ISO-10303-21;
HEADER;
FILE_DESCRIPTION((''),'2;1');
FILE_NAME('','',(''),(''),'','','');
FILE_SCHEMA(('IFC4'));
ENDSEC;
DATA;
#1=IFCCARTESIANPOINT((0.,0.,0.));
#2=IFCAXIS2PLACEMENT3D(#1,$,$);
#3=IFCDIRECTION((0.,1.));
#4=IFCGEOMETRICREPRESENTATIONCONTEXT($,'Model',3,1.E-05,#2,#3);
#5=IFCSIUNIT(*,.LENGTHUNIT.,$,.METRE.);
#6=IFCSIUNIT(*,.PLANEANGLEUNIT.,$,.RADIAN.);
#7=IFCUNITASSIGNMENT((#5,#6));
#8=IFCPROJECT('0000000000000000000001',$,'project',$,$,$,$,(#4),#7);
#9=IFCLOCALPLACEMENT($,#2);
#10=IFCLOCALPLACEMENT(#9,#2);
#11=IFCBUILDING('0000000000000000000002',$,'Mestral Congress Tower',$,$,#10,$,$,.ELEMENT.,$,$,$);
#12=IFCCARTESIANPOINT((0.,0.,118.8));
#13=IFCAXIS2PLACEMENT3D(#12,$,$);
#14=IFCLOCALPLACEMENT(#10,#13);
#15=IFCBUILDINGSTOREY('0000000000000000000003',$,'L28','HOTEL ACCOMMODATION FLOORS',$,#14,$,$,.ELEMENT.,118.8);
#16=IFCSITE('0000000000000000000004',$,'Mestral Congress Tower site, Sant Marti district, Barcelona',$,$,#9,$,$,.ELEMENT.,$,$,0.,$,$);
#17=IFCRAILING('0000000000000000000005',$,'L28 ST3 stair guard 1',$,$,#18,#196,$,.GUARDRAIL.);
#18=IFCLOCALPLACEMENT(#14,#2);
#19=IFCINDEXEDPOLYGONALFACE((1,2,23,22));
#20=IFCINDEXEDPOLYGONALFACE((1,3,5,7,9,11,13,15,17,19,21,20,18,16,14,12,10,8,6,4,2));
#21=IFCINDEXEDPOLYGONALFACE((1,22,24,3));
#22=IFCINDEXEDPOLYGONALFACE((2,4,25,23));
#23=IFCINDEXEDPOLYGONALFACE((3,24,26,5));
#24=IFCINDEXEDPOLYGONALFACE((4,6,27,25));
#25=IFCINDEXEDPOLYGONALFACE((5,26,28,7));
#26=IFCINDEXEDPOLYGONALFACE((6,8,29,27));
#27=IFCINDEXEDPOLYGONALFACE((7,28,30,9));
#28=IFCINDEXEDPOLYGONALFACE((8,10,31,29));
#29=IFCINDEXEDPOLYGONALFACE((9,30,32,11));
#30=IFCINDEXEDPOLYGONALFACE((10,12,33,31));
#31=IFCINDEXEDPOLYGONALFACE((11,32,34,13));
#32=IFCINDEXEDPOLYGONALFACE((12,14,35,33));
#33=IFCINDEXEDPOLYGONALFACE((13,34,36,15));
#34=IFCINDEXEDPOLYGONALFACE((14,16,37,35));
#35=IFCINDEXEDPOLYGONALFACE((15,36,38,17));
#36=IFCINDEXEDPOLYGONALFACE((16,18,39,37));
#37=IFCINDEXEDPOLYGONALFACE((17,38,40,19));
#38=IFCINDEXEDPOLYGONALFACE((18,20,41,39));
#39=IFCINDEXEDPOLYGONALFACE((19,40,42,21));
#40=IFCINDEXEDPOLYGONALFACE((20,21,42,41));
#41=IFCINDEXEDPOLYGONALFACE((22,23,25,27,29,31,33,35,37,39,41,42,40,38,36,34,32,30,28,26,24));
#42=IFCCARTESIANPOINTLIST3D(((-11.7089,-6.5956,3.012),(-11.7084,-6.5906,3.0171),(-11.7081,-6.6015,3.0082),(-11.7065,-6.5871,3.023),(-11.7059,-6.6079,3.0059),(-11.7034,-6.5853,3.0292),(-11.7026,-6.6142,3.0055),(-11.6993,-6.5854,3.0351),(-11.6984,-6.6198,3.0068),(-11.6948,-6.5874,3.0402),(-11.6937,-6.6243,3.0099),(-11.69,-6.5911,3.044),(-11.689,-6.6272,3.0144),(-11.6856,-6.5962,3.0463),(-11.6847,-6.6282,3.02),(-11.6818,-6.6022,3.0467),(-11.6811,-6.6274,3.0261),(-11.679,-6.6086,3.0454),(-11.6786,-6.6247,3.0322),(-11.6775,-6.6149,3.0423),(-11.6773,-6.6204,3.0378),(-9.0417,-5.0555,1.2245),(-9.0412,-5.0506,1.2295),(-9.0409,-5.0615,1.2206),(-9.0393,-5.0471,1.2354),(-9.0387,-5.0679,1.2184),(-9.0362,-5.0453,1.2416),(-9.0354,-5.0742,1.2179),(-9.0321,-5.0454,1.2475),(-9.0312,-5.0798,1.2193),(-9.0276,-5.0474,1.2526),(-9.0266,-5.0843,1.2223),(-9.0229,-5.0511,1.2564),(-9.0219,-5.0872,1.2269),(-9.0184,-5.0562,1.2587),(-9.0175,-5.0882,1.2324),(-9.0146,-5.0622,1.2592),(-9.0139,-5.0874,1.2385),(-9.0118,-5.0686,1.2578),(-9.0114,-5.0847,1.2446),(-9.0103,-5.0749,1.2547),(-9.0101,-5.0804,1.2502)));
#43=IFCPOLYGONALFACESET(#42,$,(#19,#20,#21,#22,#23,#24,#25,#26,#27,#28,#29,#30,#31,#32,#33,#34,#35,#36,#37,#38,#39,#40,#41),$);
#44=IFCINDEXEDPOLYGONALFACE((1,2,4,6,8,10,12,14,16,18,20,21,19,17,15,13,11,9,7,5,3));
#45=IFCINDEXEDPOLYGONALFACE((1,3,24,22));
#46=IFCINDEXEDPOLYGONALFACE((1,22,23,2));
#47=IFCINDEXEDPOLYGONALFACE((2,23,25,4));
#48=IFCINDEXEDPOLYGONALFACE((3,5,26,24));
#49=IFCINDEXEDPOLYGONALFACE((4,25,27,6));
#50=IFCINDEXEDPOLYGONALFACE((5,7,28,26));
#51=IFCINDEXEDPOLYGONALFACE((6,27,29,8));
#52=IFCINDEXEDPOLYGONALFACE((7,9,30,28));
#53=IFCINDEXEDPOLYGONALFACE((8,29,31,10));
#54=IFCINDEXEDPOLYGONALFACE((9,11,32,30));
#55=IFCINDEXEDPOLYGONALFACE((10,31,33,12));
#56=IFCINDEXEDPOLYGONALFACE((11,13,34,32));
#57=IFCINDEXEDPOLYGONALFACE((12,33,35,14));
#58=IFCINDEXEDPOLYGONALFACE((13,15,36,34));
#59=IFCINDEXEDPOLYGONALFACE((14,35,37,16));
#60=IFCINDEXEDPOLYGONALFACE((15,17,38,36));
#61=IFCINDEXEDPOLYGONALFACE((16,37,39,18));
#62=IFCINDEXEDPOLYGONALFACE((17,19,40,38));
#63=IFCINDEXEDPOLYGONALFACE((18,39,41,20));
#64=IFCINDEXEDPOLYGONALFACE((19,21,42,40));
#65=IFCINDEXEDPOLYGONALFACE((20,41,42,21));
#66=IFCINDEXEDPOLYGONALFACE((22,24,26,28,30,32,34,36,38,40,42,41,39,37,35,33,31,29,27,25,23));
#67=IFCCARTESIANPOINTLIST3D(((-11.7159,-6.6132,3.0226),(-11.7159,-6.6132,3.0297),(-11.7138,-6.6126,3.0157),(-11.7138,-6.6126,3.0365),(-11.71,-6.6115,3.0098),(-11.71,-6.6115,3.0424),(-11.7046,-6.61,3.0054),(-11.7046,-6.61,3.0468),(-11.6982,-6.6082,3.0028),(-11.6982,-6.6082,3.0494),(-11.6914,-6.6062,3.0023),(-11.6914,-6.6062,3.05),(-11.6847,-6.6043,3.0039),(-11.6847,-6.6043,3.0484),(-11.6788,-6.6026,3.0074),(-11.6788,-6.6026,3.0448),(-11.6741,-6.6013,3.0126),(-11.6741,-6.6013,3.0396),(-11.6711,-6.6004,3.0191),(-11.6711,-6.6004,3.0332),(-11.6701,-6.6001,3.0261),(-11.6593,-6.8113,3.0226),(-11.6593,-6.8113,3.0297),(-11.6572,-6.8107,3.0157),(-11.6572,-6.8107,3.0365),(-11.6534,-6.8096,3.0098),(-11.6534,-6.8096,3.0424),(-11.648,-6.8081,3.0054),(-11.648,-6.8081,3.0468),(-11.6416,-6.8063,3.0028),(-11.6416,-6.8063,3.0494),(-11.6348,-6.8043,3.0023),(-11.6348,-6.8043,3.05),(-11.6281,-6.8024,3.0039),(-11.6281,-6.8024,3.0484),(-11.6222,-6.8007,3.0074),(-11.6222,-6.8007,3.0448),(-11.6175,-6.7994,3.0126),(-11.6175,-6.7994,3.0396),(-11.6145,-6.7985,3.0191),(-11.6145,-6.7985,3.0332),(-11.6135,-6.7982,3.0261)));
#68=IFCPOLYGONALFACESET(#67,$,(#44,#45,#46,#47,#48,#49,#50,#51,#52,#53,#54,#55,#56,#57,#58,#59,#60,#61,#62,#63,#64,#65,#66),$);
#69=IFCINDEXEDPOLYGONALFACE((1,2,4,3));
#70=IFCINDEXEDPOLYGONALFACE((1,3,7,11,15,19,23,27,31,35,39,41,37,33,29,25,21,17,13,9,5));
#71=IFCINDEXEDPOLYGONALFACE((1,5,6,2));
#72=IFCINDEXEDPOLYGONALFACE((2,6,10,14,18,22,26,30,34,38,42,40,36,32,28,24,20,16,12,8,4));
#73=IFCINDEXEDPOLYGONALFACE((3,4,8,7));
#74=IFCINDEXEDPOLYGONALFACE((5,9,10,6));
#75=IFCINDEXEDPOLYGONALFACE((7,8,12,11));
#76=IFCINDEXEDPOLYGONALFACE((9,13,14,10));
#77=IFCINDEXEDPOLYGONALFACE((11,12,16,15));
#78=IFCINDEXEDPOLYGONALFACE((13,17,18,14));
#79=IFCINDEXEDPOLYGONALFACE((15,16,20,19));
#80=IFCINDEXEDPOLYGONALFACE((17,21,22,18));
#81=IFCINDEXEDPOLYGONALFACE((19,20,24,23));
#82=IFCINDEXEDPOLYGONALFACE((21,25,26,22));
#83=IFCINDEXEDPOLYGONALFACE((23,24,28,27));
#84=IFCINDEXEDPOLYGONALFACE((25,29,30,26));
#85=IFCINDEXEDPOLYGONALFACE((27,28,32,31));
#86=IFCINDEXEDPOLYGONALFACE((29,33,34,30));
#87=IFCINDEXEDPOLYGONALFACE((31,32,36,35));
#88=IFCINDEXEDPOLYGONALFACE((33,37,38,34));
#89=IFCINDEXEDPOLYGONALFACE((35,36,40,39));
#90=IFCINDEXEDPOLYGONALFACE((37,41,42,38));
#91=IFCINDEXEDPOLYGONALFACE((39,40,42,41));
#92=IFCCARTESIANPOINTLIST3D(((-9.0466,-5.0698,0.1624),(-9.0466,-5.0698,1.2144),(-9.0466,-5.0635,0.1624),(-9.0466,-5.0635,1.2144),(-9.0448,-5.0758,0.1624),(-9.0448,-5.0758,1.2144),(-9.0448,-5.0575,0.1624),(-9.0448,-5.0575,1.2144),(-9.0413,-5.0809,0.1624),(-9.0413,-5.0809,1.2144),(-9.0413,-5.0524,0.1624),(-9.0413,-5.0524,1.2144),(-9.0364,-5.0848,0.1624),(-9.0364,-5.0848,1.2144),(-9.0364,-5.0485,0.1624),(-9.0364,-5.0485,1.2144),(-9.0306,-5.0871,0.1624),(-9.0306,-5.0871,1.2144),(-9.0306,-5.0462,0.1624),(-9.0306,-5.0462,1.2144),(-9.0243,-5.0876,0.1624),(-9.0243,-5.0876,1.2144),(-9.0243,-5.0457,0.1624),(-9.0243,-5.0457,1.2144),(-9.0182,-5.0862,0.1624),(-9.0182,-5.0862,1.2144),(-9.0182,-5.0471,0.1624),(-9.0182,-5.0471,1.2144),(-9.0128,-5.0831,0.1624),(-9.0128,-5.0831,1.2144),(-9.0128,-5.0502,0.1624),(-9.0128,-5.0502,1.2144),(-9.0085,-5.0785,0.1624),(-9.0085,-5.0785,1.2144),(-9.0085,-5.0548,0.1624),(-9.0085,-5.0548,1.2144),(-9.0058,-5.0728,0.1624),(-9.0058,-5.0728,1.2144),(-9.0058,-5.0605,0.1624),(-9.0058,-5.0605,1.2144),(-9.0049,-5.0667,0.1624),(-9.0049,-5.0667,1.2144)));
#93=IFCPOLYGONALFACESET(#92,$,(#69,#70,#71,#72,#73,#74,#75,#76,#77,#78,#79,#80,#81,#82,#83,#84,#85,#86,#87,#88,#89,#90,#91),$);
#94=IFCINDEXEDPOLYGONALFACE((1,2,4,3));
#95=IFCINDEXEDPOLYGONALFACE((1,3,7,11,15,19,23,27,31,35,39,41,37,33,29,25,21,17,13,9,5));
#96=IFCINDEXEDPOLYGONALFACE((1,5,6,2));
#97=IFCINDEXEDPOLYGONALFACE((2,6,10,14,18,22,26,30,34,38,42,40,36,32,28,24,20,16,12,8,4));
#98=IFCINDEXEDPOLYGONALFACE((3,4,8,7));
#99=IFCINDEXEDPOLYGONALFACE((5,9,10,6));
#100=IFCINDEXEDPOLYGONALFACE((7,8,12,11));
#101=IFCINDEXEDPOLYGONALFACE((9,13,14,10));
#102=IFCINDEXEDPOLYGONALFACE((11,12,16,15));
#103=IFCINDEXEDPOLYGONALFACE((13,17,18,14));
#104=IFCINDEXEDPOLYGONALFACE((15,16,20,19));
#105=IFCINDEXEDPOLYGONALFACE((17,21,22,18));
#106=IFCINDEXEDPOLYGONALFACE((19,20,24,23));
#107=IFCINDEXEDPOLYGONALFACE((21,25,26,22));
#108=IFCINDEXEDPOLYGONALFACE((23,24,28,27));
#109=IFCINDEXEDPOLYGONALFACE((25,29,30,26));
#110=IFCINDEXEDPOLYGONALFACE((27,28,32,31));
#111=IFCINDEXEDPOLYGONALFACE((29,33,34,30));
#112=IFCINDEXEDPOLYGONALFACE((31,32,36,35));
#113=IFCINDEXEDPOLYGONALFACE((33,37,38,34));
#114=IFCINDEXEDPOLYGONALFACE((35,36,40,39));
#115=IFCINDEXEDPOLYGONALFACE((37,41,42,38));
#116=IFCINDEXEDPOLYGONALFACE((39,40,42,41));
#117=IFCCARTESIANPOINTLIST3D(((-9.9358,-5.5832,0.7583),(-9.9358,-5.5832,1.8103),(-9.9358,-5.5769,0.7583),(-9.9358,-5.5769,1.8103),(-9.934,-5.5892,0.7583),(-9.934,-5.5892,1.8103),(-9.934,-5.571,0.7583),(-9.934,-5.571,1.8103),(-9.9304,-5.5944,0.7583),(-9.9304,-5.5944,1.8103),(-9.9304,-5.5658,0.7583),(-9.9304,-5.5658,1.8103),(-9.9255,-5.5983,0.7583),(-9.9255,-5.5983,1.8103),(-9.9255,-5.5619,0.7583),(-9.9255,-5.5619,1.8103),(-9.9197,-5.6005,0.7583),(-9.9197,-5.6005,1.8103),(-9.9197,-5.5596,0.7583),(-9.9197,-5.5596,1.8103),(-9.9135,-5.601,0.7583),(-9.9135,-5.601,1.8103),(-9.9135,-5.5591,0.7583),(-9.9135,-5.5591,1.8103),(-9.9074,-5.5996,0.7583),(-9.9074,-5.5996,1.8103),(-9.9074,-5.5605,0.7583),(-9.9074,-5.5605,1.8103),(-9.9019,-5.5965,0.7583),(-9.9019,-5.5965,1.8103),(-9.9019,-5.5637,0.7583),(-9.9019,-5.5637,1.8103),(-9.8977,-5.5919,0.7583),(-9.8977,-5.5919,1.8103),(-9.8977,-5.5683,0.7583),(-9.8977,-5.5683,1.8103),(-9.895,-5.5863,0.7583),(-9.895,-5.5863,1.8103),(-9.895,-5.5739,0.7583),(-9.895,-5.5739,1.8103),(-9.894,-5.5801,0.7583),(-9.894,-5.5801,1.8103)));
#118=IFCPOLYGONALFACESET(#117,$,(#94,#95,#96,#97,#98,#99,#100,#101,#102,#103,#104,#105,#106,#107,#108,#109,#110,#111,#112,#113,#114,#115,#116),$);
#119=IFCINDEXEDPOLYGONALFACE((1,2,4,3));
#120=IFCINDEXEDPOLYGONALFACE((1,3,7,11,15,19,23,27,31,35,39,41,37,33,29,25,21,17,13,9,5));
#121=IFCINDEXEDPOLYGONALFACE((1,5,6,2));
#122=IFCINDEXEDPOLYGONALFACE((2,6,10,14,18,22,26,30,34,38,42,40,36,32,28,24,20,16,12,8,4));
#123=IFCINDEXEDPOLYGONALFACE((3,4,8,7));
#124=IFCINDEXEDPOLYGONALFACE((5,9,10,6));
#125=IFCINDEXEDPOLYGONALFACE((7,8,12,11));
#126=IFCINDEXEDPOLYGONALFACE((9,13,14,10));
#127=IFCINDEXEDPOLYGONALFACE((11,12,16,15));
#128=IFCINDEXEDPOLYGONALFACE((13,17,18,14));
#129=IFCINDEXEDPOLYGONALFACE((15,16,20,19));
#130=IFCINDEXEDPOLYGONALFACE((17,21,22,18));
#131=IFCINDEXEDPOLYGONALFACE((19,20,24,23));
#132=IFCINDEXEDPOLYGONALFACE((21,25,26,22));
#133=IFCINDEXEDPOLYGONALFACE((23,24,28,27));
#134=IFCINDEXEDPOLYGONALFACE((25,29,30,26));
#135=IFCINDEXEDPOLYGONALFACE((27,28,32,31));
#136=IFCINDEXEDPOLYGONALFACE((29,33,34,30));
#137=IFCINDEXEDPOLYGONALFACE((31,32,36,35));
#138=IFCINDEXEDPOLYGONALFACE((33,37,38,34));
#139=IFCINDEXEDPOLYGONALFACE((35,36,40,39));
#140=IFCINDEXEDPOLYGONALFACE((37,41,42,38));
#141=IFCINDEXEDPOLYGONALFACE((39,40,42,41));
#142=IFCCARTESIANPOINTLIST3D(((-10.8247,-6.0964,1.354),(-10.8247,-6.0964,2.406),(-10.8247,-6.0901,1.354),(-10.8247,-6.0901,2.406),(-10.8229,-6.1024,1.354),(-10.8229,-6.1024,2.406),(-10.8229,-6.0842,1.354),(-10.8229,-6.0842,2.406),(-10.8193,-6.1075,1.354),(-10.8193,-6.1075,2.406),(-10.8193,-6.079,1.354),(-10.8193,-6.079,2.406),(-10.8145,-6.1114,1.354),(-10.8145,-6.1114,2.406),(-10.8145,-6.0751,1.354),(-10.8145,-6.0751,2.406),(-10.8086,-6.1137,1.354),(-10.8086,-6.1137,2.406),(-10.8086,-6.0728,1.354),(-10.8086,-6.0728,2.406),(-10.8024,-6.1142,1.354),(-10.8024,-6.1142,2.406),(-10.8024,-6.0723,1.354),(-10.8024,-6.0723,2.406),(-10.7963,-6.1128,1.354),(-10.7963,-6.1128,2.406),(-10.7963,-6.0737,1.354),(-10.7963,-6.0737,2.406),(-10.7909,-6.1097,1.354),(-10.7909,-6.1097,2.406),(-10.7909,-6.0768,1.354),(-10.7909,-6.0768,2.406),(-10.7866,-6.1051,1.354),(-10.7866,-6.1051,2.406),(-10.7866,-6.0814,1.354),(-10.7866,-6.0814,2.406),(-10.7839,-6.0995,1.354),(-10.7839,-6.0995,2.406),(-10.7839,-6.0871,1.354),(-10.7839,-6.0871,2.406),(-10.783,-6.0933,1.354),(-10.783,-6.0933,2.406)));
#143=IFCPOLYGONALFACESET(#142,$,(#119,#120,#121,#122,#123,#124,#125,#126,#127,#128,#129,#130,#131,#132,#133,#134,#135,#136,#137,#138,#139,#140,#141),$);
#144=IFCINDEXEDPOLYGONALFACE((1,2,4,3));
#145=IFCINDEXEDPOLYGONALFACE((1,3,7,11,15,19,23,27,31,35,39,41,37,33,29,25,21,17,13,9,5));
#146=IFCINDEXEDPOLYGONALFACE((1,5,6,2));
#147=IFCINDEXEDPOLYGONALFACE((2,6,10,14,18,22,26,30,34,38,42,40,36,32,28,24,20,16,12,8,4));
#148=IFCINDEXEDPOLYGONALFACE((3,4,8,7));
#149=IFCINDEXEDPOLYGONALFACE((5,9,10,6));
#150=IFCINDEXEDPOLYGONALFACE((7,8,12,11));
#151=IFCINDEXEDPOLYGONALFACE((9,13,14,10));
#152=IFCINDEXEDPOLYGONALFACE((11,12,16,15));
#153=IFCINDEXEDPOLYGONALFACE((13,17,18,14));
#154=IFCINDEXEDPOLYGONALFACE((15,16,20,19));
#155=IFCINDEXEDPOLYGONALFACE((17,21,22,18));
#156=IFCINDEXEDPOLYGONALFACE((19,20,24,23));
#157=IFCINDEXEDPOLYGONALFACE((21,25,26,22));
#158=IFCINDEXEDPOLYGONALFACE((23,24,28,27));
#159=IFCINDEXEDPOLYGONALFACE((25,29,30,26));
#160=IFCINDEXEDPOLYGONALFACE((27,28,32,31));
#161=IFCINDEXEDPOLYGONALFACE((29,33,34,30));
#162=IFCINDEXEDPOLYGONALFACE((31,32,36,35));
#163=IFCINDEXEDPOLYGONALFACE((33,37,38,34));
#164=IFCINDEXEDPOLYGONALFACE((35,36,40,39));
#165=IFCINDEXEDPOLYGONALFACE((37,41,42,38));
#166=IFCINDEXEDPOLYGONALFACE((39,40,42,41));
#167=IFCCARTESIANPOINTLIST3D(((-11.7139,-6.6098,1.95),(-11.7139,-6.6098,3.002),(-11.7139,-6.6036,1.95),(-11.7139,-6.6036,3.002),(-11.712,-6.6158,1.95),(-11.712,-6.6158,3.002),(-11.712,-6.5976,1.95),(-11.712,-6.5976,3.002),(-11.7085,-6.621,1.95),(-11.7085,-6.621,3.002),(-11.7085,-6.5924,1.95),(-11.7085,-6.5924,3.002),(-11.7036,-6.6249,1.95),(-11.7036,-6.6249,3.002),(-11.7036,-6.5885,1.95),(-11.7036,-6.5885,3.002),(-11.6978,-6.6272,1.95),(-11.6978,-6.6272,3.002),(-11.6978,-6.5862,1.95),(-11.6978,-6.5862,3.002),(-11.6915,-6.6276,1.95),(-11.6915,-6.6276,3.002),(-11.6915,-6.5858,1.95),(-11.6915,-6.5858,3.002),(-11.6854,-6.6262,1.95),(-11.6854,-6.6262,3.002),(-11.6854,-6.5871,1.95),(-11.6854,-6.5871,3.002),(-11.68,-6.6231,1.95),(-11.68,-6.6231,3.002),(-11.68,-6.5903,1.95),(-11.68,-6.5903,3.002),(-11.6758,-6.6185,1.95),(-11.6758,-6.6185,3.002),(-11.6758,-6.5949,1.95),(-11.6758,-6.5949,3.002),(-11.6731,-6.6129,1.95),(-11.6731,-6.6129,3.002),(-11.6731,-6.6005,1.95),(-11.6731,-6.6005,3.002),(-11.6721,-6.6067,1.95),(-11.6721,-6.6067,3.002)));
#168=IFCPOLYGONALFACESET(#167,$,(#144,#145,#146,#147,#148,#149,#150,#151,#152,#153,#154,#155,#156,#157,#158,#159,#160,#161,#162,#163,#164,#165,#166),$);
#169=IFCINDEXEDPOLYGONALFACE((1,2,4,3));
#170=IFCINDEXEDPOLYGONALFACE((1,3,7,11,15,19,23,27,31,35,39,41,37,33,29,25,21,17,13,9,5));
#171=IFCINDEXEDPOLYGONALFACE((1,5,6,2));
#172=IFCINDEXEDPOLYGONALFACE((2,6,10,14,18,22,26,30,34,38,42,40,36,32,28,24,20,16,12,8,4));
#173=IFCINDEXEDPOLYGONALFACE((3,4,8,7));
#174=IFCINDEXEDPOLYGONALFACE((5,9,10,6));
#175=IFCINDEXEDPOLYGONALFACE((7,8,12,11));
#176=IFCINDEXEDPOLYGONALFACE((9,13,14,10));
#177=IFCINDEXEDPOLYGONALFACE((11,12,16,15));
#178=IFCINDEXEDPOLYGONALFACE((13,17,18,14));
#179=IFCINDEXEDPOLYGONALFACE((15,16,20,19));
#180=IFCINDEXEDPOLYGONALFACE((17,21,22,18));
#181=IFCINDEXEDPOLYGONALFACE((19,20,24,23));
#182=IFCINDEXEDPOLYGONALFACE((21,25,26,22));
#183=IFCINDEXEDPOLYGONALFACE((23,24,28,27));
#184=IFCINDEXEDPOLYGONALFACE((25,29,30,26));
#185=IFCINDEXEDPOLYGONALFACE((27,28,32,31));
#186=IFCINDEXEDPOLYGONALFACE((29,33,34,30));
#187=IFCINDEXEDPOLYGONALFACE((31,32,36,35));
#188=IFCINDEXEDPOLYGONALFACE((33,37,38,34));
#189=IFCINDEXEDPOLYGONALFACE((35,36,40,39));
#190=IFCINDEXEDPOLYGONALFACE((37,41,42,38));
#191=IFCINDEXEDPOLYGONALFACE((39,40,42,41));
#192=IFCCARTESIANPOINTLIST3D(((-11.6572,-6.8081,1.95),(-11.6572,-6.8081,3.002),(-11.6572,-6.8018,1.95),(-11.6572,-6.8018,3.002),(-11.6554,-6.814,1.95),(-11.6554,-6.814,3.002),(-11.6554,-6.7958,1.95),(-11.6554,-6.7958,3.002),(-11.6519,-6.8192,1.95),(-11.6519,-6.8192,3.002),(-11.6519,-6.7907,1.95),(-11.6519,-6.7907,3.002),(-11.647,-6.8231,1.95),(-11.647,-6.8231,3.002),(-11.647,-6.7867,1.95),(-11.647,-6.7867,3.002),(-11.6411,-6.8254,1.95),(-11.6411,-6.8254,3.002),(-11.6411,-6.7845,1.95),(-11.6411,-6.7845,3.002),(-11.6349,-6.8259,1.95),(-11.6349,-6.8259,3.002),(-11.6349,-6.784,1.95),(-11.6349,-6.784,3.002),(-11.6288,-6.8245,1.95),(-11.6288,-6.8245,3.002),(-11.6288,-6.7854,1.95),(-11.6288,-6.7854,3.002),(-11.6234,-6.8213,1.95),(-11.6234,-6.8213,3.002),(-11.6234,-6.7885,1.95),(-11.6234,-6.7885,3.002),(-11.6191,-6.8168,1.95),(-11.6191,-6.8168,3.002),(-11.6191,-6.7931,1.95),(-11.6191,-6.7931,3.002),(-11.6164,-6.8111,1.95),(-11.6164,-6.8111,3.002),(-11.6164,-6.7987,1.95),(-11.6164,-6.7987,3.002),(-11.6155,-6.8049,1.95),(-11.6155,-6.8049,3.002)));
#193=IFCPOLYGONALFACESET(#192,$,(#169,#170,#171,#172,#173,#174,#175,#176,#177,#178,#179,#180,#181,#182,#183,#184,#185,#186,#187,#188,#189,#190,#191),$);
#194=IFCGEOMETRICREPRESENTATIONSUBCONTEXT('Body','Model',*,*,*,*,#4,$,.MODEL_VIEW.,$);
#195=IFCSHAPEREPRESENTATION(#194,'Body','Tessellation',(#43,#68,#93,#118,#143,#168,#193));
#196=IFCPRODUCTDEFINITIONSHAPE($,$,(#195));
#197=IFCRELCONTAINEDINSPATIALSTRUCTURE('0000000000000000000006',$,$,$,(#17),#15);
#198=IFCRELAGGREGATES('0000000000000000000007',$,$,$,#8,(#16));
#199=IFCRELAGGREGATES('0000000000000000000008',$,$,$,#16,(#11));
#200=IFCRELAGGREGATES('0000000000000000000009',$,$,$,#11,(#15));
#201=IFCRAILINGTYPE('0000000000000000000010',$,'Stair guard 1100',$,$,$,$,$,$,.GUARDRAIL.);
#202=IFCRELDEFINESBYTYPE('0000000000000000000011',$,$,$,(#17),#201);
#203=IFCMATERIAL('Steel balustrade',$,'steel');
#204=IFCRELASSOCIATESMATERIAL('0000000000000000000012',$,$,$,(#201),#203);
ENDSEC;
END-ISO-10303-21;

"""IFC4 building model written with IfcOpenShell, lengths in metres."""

from ifc_helpers import new_model, si_unit, direction, frame, origin, origin_2d, place, context, subcontext, project, spatial, circle, extrude, material, type_object, element, save


model = new_model("IFC4")

# Units and contexts
model_context = context("Model", 3, precision=1e-05, world=origin(), true_north=direction((0.0, 1.0)))
body_context = subcontext(model_context, "Body", "Model", "MODEL_VIEW")
ifc_project = project(units=[si_unit("LENGTHUNIT", "METRE"), si_unit("PLANEANGLEUNIT", "RADIAN")], contexts=[model_context])

# Site, building, storey
site_placement = place(None, origin())
site = spatial("IfcSite", under=ifc_project, at=site_placement, Name="Mestral Congress Tower site, Sant Marti district, Barcelona", CompositionType="ELEMENT", RefElevation=0.0)
building_placement = place(site_placement, origin())
building = spatial("IfcBuilding", under=site, at=building_placement, Name="Mestral Congress Tower", CompositionType="ELEMENT")
storey_placement = place(building_placement, frame((0.0, 0.0, 118.8)))
storey = spatial("IfcBuildingStorey", under=building, at=storey_placement, Name="L28", Description="HOTEL ACCOMMODATION FLOORS", CompositionType="ELEMENT", Elevation=118.8)

# Railing
ifc_material_1 = material(Name="Steel balustrade", Category="steel")
railing_type_1 = type_object("IfcRailingType", Name="Stair guard 1100", PredefinedType="GUARDRAIL", material=ifc_material_1)
railing_1_placement = place(storey_placement, frame((-9.0259, -5.0667, 0.1624)))
element("IfcRailing", 1, at=railing_1_placement, inside=storey, type_object=railing_type_1, Name="L28 ST3 stair guard 1", PredefinedType="GUARDRAIL", context=body_context, shape_type="SweptSolid", body=[
    extrude(circle(Radius=0.0239, at=origin_2d()), frame((0.0, 0.0, 1.0762), z_axis=(-0.748994, -0.432463, 0.50198), x_axis=(0.500027, -0.86601, 0.0)), (0.0, 0.0, 1.0), 3.561),
    extrude(circle(Radius=0.0239, at=origin_2d()), frame((-2.6672, -1.54, 2.8638), z_axis=(0.274721, -0.961524, 0.0), x_axis=(0.961524, 0.274721, 0.0)), (0.0, 0.0, 1.0), 0.2061),
    extrude(circle(Radius=0.021, at=origin_2d()), origin(), (0.0, 0.0, 1.0), 1.052),
    extrude(circle(Radius=0.021, at=origin_2d()), frame((-0.8892, -0.5134, 0.5959)), (0.0, 0.0, 1.0), 1.052),
    extrude(circle(Radius=0.021, at=origin_2d()), frame((-1.7781, -1.0266, 1.1917)), (0.0, 0.0, 1.0), 1.052),
    extrude(circle(Radius=0.021, at=origin_2d()), frame((-2.6672, -1.54, 1.7876)), (0.0, 0.0, 1.0), 1.052),
    extrude(circle(Radius=0.021, at=origin_2d()), frame((-2.6106, -1.7383, 1.7876)), (0.0, 0.0, 1.0), 1.052),
])

save(model, "model.ifc")
